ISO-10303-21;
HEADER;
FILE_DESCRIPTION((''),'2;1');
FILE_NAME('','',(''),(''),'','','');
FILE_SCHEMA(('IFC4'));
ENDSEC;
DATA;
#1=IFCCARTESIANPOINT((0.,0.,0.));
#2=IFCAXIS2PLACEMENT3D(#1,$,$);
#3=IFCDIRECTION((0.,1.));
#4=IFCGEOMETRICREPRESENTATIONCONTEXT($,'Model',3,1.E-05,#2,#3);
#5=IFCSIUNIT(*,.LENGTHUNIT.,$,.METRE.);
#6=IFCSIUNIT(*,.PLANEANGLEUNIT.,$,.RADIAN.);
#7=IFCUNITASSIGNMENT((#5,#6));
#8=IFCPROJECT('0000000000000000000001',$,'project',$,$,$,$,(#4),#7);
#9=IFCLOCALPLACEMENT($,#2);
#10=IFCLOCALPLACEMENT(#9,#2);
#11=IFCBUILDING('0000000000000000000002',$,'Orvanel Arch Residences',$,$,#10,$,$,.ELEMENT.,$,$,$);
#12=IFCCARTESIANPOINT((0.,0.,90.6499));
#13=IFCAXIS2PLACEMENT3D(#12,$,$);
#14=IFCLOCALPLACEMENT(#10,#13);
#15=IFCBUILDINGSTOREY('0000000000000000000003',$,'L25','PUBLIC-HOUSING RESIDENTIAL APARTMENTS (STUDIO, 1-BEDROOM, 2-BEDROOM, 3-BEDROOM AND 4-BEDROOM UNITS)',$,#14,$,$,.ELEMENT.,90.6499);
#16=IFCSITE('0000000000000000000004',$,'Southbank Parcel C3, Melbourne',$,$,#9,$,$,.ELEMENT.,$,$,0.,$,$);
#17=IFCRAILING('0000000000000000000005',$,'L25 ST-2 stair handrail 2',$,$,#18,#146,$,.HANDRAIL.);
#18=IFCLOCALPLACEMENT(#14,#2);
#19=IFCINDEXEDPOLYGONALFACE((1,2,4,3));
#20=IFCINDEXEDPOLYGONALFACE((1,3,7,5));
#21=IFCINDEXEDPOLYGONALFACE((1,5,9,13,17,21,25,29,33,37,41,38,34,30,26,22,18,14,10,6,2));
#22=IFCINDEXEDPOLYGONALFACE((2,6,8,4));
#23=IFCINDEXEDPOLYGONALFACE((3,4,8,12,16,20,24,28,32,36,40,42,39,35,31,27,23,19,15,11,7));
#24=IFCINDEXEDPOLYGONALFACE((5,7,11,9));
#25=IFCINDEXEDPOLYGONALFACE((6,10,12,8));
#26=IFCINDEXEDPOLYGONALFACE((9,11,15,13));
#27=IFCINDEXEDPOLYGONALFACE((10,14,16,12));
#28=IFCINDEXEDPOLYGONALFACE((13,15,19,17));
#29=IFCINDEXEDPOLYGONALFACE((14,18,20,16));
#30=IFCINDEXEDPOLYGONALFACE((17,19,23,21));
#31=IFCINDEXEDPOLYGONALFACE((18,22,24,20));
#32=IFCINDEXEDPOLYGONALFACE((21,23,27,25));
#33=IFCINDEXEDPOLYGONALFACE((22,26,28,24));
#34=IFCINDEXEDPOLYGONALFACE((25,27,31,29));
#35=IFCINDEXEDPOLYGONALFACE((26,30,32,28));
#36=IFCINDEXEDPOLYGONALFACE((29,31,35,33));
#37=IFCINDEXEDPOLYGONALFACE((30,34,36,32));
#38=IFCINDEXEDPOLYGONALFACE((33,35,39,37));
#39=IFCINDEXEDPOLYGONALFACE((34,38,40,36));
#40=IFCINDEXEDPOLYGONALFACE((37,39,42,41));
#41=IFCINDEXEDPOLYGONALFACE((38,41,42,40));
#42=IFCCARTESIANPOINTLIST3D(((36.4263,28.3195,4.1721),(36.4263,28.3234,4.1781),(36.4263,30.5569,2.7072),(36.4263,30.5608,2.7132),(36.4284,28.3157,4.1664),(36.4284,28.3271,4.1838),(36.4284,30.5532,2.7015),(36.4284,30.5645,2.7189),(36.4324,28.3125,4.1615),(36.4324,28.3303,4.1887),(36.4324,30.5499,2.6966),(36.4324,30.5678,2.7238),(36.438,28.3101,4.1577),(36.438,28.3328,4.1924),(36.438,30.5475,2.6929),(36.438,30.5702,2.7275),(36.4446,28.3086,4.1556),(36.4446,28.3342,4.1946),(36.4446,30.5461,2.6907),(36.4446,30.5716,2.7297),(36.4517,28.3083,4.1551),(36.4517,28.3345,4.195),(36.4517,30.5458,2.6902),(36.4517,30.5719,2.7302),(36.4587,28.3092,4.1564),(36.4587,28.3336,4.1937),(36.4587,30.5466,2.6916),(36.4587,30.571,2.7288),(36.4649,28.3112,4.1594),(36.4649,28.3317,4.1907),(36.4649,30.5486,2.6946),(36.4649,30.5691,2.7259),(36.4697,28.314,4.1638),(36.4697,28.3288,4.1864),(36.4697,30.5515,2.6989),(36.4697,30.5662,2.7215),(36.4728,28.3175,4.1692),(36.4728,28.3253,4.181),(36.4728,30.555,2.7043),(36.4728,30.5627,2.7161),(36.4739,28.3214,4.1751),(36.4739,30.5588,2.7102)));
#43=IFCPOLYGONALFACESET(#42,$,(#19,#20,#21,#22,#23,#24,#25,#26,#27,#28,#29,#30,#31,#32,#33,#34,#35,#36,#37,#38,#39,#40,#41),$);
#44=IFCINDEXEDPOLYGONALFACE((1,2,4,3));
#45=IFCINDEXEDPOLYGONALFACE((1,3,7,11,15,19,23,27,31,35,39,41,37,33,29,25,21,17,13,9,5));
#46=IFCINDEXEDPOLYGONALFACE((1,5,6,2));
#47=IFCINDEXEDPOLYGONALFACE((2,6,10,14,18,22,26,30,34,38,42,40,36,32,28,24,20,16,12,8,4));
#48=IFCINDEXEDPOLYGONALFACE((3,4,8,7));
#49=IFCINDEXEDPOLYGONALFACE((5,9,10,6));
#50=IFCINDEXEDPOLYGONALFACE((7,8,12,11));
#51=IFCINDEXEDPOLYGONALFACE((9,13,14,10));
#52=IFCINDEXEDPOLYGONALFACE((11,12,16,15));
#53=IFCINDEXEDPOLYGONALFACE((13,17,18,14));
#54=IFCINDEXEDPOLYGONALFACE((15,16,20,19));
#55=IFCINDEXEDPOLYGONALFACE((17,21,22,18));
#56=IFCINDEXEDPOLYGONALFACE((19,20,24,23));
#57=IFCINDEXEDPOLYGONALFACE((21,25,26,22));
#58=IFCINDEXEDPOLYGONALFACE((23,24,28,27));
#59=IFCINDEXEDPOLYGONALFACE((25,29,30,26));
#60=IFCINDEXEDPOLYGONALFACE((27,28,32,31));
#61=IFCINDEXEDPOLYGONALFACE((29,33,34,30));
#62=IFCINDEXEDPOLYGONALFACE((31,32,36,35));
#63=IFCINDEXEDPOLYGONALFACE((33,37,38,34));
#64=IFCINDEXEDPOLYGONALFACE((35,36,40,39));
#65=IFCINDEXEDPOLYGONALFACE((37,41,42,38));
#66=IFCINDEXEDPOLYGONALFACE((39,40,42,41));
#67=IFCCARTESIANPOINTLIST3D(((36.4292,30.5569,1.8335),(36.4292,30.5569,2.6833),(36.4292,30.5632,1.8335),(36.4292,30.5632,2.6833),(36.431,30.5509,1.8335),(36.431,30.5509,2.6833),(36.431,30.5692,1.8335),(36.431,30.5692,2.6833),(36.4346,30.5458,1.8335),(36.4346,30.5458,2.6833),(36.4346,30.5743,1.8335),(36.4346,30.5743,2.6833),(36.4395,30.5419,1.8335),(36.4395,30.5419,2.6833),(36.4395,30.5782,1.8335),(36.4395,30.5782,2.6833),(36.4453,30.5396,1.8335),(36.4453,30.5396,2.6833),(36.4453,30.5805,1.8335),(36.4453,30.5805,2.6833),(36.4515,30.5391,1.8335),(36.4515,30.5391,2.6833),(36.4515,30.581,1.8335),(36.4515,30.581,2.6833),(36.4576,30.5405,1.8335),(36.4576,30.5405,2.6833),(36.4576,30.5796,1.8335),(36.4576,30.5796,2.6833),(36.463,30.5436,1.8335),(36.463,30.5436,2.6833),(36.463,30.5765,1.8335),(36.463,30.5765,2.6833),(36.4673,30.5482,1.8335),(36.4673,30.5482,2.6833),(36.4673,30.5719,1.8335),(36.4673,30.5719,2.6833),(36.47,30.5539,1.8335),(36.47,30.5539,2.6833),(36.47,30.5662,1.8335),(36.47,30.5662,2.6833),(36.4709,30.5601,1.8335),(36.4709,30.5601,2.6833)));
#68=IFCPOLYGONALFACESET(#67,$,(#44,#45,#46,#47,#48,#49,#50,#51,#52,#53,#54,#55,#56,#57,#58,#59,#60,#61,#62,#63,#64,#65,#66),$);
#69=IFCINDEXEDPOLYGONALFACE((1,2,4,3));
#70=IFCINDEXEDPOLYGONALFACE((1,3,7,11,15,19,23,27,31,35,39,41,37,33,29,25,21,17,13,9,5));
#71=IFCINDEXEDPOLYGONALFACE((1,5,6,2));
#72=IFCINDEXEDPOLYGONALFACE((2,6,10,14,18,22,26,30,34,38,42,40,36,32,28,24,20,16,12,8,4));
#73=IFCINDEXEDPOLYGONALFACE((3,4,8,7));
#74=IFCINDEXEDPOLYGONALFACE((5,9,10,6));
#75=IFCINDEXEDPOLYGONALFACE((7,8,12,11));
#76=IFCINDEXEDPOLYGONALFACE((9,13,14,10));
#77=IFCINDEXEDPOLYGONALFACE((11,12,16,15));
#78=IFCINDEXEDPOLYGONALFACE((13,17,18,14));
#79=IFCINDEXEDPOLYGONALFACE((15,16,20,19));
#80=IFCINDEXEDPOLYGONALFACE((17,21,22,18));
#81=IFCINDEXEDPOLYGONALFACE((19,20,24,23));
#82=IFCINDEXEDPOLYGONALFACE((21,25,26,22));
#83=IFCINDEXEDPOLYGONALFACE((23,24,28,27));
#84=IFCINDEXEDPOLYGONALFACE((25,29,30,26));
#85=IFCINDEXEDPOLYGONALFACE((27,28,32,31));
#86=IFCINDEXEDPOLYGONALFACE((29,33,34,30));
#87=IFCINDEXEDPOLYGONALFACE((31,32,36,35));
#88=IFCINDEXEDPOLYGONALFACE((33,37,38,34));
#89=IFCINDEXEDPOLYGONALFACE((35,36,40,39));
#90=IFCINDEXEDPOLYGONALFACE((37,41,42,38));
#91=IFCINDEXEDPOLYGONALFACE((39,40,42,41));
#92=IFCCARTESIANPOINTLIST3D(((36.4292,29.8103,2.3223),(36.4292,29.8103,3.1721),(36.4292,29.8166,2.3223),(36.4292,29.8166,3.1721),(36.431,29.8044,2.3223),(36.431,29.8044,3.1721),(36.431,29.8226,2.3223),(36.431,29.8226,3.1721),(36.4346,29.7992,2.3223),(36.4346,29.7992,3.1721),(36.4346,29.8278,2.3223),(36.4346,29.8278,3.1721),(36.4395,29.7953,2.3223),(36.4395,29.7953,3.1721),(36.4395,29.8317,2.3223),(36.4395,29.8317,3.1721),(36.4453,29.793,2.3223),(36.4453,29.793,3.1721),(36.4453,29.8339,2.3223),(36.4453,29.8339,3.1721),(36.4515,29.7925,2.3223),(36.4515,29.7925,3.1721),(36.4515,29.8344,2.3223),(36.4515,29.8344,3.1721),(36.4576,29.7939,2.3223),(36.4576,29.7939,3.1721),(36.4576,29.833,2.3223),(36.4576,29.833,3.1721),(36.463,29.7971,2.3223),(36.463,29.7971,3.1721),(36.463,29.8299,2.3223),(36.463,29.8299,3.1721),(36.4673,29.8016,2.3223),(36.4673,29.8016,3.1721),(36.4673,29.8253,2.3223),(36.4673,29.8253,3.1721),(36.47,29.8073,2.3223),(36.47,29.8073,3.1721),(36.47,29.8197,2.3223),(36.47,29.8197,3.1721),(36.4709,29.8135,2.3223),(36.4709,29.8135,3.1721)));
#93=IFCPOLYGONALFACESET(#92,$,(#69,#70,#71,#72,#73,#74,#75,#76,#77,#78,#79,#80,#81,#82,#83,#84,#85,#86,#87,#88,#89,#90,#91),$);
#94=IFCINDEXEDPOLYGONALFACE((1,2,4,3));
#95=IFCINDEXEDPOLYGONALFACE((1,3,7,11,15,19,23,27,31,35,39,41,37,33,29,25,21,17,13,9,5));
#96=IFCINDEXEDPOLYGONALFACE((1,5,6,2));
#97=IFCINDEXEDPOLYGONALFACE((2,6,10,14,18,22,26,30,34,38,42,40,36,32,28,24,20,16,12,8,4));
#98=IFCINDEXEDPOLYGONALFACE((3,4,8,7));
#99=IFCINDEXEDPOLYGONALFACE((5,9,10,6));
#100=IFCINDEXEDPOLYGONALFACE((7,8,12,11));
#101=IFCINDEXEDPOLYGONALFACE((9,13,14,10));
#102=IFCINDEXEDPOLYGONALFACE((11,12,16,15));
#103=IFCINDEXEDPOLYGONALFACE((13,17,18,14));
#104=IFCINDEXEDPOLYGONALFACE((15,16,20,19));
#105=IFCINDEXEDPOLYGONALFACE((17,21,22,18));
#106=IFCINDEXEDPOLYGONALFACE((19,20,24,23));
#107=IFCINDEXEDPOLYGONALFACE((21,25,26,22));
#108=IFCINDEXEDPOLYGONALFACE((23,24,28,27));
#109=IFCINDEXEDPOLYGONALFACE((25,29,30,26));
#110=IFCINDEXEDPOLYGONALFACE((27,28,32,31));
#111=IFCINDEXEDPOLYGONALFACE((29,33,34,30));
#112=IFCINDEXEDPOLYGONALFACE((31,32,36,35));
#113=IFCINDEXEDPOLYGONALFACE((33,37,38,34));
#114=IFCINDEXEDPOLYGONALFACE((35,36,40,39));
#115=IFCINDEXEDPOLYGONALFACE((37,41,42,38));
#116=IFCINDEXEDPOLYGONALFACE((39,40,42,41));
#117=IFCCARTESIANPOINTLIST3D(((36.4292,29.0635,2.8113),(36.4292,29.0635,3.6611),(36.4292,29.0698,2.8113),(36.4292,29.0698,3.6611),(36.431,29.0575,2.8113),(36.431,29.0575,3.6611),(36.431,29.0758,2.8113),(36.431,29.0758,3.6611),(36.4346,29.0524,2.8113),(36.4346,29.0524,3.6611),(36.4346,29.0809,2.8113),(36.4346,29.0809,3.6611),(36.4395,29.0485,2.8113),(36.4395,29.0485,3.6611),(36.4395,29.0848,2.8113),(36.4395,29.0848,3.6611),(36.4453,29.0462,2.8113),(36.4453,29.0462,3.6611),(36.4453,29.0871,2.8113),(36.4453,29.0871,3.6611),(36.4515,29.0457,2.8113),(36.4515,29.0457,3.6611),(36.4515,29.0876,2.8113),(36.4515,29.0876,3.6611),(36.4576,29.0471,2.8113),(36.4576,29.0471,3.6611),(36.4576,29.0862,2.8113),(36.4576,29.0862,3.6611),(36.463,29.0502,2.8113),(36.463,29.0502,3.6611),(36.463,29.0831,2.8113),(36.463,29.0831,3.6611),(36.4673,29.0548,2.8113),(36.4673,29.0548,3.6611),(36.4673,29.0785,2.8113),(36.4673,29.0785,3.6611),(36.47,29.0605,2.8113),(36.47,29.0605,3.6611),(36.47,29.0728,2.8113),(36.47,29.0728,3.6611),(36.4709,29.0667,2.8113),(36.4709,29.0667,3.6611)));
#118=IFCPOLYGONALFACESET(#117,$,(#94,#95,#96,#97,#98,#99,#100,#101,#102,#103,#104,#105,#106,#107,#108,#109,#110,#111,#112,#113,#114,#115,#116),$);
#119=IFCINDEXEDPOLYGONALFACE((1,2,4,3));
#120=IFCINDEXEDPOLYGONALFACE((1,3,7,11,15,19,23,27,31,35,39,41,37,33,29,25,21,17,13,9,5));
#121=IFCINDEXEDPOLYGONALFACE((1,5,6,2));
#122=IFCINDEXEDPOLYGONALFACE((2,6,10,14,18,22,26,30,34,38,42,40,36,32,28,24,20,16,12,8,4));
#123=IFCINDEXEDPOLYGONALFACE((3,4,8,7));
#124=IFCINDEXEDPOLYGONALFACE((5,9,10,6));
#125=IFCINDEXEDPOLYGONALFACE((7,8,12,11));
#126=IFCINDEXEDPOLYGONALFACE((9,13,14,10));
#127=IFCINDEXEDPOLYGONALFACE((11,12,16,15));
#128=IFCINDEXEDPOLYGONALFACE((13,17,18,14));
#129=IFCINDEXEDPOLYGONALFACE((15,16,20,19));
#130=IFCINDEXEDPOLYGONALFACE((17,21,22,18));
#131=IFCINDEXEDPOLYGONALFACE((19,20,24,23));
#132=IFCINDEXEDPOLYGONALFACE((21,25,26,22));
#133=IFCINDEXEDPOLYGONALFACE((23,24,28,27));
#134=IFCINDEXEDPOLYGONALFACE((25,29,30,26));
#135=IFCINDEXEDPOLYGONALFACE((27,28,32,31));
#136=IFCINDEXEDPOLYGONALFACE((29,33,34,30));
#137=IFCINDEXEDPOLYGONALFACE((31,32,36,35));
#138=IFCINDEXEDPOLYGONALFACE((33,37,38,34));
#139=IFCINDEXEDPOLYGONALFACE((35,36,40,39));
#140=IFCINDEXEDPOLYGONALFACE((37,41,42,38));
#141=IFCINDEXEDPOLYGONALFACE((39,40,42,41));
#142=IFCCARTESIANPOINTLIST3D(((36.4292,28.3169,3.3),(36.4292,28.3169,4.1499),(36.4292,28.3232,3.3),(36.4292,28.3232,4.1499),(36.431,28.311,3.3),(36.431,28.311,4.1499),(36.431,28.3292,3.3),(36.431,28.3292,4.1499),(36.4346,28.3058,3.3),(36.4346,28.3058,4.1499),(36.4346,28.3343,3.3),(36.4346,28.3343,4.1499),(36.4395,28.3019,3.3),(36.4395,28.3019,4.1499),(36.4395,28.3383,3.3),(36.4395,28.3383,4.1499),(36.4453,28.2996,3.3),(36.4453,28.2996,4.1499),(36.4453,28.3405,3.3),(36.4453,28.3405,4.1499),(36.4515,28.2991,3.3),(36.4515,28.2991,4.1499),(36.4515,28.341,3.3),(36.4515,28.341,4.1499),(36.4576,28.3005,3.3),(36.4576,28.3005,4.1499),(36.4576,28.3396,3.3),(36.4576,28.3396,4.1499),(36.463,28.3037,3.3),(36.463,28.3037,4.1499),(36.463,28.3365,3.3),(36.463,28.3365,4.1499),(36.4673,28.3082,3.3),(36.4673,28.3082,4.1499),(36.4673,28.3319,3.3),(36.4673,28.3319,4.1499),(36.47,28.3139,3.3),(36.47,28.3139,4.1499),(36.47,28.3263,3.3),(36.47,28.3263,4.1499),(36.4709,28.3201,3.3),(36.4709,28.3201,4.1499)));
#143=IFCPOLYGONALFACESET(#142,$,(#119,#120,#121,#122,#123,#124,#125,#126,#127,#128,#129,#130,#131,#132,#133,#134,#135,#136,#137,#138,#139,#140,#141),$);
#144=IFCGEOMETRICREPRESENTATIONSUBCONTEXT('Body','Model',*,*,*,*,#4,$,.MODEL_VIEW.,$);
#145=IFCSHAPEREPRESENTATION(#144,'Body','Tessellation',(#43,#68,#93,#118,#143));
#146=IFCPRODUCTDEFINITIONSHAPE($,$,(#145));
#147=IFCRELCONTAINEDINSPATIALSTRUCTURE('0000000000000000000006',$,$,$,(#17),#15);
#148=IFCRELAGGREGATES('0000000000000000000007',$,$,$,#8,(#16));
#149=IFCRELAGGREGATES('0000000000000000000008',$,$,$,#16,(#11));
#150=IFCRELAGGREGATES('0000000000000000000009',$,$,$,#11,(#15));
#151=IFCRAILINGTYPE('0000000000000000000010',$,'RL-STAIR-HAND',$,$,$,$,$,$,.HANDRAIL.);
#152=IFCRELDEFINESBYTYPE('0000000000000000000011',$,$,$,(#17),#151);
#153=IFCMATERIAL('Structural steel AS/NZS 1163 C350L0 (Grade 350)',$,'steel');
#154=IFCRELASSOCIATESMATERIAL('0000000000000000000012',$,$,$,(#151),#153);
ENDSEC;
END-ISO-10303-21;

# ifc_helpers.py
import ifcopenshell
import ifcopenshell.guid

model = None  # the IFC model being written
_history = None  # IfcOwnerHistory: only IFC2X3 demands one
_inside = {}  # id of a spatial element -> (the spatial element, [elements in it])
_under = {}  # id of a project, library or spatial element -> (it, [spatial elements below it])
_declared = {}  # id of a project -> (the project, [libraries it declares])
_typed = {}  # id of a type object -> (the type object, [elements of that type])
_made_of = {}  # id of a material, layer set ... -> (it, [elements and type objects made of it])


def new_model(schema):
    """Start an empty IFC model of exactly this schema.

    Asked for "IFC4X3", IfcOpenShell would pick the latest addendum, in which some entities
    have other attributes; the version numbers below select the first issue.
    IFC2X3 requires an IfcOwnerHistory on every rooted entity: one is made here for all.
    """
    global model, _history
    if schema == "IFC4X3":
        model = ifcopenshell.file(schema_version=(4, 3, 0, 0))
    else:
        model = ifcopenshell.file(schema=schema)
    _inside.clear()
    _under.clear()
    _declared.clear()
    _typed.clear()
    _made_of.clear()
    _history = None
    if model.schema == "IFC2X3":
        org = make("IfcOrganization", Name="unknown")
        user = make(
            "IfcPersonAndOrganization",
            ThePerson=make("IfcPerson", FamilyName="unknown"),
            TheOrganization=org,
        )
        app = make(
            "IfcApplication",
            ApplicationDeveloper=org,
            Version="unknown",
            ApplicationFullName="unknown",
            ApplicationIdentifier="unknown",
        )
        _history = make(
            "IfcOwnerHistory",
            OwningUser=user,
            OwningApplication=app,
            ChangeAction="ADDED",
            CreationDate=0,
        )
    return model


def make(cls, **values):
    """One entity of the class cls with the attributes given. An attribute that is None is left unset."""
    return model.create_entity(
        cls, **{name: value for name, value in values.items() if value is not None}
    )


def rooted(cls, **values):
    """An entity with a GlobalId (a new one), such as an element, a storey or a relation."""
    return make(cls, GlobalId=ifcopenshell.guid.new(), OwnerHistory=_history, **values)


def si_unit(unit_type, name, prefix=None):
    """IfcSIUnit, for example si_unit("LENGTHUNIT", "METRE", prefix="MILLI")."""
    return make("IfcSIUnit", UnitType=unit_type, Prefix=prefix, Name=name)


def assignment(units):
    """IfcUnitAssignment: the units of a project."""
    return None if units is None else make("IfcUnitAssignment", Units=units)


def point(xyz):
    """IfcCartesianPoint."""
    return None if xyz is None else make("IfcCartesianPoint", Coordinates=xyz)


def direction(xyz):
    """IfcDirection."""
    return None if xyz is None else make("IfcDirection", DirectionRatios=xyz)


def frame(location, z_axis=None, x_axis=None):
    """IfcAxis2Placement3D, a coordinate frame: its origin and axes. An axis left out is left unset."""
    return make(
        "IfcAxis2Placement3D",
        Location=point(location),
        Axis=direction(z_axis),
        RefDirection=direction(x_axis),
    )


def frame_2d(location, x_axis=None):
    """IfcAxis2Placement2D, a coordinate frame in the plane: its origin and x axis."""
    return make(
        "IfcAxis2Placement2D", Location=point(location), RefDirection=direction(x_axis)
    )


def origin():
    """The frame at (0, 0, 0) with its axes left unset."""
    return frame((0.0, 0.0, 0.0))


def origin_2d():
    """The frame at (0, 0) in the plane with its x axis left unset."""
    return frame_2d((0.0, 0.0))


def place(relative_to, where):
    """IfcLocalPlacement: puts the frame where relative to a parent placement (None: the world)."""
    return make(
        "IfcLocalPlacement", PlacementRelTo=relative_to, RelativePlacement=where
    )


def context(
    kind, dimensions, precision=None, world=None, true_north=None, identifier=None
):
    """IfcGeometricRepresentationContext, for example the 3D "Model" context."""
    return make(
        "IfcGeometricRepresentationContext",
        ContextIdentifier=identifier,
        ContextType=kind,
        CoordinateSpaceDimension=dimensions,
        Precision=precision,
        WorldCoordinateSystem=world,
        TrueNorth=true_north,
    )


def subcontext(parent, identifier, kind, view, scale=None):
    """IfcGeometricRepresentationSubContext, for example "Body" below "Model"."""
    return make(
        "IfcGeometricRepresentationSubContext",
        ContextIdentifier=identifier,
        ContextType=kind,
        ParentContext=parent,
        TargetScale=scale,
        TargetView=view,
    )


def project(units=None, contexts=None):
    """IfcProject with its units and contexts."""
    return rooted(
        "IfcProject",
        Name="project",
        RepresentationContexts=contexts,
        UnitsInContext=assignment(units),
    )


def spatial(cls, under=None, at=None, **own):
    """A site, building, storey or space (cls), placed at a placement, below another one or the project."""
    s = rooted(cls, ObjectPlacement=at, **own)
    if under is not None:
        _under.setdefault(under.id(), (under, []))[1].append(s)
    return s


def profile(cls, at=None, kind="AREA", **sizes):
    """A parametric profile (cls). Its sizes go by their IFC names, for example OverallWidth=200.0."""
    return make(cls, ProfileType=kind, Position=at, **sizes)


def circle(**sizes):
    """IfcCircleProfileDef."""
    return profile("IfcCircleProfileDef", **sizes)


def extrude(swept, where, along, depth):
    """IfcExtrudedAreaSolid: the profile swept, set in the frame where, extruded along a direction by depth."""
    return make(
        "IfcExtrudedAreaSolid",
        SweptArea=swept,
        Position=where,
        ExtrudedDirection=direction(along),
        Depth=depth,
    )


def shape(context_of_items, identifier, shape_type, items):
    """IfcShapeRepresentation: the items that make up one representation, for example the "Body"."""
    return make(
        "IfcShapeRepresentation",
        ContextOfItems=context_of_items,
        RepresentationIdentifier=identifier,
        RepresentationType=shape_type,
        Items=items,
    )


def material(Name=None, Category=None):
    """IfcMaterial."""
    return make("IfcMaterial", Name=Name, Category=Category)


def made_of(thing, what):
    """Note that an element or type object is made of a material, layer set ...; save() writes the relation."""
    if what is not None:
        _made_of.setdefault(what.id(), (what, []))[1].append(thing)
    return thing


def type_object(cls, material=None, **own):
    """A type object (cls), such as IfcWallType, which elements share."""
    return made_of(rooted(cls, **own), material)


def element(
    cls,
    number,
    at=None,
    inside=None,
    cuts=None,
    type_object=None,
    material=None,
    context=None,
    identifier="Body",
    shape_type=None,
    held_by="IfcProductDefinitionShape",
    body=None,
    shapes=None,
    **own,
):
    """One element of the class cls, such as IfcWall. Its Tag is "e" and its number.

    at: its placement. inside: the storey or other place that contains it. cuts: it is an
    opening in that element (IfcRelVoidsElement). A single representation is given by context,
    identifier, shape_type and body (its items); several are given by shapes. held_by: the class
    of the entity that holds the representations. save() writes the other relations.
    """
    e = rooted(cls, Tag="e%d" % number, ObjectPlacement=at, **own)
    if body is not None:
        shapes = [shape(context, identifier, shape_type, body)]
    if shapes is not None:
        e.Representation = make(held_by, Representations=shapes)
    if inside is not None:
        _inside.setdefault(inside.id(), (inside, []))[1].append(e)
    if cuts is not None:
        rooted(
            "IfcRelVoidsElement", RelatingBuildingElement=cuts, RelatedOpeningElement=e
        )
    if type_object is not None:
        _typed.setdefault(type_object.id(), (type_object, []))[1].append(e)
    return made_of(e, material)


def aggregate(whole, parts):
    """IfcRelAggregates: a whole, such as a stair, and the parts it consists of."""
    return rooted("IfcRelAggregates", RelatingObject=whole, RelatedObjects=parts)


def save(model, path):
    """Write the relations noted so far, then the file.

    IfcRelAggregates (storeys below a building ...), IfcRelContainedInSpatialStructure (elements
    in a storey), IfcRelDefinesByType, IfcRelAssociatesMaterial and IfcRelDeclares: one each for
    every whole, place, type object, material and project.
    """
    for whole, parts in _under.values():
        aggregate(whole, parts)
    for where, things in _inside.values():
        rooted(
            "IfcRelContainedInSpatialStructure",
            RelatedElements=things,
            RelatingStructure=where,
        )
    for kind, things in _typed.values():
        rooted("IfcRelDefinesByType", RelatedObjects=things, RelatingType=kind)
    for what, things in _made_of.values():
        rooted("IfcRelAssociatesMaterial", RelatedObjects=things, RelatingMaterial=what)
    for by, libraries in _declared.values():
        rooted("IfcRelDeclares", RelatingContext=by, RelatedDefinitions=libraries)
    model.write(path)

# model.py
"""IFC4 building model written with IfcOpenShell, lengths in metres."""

from ifc_helpers import new_model, si_unit, direction, frame, origin, origin_2d, place, context, subcontext, project, spatial, circle, extrude, material, type_object, element, save


model = new_model("IFC4")

# Units and contexts
model_context = context("Model", 3, precision=1e-05, world=origin(), true_north=direction((0.0, 1.0)))
body_context = subcontext(model_context, "Body", "Model", "MODEL_VIEW")
ifc_project = project(units=[si_unit("LENGTHUNIT", "METRE"), si_unit("PLANEANGLEUNIT", "RADIAN")], contexts=[model_context])

# Site, building, storey
site_placement = place(None, origin())
site = spatial("IfcSite", under=ifc_project, at=site_placement, Name="Southbank Parcel C3, Melbourne", CompositionType="ELEMENT", RefElevation=0.0)
building_placement = place(site_placement, origin())
building = spatial("IfcBuilding", under=site, at=building_placement, Name="Orvanel Arch Residences", CompositionType="ELEMENT")
storey_placement = place(building_placement, frame((0.0, 0.0, 90.6499)))
storey = spatial("IfcBuildingStorey", under=building, at=storey_placement, Name="L25", Description="PUBLIC-HOUSING RESIDENTIAL APARTMENTS (STUDIO, 1-BEDROOM, 2-BEDROOM, 3-BEDROOM AND 4-BEDROOM UNITS)", CompositionType="ELEMENT", Elevation=90.6499)

# Railing
ifc_material_1 = material(Name="Structural steel AS/NZS 1163 C350L0 (Grade 350)", Category="steel")
railing_type_1 = type_object("IfcRailingType", Name="RL-STAIR-HAND", PredefinedType="HANDRAIL", material=ifc_material_1)
railing_1_placement = place(storey_placement, frame((36.45, 30.5601, 1.8335)))
element("IfcRailing", 1, at=railing_1_placement, inside=storey, type_object=railing_type_1, Name="L25 ST-2 stair handrail 2", PredefinedType="HANDRAIL", context=body_context, shape_type="SweptSolid", body=[
    extrude(circle(Radius=0.0239, at=origin_2d()), frame((0.0, -0.0012, 0.8767), z_axis=(0.0, -0.836637, 0.547758), x_axis=(1.0, 0.0, 0.0)), (0.0, 0.0, 1.0), 2.6743),
    extrude(circle(Radius=0.021, at=origin_2d()), origin(), (0.0, 0.0, 1.0), 0.8499),
    extrude(circle(Radius=0.021, at=origin_2d()), frame((0.0, -0.7466, 0.4888)), (0.0, 0.0, 1.0), 0.8499),
    extrude(circle(Radius=0.021, at=origin_2d()), frame((0.0, -1.4934, 0.9778)), (0.0, 0.0, 1.0), 0.8499),
    extrude(circle(Radius=0.021, at=origin_2d()), frame((0.0, -2.24, 1.4666)), (0.0, 0.0, 1.0), 0.8499),
])

save(model, "model.ifc")
